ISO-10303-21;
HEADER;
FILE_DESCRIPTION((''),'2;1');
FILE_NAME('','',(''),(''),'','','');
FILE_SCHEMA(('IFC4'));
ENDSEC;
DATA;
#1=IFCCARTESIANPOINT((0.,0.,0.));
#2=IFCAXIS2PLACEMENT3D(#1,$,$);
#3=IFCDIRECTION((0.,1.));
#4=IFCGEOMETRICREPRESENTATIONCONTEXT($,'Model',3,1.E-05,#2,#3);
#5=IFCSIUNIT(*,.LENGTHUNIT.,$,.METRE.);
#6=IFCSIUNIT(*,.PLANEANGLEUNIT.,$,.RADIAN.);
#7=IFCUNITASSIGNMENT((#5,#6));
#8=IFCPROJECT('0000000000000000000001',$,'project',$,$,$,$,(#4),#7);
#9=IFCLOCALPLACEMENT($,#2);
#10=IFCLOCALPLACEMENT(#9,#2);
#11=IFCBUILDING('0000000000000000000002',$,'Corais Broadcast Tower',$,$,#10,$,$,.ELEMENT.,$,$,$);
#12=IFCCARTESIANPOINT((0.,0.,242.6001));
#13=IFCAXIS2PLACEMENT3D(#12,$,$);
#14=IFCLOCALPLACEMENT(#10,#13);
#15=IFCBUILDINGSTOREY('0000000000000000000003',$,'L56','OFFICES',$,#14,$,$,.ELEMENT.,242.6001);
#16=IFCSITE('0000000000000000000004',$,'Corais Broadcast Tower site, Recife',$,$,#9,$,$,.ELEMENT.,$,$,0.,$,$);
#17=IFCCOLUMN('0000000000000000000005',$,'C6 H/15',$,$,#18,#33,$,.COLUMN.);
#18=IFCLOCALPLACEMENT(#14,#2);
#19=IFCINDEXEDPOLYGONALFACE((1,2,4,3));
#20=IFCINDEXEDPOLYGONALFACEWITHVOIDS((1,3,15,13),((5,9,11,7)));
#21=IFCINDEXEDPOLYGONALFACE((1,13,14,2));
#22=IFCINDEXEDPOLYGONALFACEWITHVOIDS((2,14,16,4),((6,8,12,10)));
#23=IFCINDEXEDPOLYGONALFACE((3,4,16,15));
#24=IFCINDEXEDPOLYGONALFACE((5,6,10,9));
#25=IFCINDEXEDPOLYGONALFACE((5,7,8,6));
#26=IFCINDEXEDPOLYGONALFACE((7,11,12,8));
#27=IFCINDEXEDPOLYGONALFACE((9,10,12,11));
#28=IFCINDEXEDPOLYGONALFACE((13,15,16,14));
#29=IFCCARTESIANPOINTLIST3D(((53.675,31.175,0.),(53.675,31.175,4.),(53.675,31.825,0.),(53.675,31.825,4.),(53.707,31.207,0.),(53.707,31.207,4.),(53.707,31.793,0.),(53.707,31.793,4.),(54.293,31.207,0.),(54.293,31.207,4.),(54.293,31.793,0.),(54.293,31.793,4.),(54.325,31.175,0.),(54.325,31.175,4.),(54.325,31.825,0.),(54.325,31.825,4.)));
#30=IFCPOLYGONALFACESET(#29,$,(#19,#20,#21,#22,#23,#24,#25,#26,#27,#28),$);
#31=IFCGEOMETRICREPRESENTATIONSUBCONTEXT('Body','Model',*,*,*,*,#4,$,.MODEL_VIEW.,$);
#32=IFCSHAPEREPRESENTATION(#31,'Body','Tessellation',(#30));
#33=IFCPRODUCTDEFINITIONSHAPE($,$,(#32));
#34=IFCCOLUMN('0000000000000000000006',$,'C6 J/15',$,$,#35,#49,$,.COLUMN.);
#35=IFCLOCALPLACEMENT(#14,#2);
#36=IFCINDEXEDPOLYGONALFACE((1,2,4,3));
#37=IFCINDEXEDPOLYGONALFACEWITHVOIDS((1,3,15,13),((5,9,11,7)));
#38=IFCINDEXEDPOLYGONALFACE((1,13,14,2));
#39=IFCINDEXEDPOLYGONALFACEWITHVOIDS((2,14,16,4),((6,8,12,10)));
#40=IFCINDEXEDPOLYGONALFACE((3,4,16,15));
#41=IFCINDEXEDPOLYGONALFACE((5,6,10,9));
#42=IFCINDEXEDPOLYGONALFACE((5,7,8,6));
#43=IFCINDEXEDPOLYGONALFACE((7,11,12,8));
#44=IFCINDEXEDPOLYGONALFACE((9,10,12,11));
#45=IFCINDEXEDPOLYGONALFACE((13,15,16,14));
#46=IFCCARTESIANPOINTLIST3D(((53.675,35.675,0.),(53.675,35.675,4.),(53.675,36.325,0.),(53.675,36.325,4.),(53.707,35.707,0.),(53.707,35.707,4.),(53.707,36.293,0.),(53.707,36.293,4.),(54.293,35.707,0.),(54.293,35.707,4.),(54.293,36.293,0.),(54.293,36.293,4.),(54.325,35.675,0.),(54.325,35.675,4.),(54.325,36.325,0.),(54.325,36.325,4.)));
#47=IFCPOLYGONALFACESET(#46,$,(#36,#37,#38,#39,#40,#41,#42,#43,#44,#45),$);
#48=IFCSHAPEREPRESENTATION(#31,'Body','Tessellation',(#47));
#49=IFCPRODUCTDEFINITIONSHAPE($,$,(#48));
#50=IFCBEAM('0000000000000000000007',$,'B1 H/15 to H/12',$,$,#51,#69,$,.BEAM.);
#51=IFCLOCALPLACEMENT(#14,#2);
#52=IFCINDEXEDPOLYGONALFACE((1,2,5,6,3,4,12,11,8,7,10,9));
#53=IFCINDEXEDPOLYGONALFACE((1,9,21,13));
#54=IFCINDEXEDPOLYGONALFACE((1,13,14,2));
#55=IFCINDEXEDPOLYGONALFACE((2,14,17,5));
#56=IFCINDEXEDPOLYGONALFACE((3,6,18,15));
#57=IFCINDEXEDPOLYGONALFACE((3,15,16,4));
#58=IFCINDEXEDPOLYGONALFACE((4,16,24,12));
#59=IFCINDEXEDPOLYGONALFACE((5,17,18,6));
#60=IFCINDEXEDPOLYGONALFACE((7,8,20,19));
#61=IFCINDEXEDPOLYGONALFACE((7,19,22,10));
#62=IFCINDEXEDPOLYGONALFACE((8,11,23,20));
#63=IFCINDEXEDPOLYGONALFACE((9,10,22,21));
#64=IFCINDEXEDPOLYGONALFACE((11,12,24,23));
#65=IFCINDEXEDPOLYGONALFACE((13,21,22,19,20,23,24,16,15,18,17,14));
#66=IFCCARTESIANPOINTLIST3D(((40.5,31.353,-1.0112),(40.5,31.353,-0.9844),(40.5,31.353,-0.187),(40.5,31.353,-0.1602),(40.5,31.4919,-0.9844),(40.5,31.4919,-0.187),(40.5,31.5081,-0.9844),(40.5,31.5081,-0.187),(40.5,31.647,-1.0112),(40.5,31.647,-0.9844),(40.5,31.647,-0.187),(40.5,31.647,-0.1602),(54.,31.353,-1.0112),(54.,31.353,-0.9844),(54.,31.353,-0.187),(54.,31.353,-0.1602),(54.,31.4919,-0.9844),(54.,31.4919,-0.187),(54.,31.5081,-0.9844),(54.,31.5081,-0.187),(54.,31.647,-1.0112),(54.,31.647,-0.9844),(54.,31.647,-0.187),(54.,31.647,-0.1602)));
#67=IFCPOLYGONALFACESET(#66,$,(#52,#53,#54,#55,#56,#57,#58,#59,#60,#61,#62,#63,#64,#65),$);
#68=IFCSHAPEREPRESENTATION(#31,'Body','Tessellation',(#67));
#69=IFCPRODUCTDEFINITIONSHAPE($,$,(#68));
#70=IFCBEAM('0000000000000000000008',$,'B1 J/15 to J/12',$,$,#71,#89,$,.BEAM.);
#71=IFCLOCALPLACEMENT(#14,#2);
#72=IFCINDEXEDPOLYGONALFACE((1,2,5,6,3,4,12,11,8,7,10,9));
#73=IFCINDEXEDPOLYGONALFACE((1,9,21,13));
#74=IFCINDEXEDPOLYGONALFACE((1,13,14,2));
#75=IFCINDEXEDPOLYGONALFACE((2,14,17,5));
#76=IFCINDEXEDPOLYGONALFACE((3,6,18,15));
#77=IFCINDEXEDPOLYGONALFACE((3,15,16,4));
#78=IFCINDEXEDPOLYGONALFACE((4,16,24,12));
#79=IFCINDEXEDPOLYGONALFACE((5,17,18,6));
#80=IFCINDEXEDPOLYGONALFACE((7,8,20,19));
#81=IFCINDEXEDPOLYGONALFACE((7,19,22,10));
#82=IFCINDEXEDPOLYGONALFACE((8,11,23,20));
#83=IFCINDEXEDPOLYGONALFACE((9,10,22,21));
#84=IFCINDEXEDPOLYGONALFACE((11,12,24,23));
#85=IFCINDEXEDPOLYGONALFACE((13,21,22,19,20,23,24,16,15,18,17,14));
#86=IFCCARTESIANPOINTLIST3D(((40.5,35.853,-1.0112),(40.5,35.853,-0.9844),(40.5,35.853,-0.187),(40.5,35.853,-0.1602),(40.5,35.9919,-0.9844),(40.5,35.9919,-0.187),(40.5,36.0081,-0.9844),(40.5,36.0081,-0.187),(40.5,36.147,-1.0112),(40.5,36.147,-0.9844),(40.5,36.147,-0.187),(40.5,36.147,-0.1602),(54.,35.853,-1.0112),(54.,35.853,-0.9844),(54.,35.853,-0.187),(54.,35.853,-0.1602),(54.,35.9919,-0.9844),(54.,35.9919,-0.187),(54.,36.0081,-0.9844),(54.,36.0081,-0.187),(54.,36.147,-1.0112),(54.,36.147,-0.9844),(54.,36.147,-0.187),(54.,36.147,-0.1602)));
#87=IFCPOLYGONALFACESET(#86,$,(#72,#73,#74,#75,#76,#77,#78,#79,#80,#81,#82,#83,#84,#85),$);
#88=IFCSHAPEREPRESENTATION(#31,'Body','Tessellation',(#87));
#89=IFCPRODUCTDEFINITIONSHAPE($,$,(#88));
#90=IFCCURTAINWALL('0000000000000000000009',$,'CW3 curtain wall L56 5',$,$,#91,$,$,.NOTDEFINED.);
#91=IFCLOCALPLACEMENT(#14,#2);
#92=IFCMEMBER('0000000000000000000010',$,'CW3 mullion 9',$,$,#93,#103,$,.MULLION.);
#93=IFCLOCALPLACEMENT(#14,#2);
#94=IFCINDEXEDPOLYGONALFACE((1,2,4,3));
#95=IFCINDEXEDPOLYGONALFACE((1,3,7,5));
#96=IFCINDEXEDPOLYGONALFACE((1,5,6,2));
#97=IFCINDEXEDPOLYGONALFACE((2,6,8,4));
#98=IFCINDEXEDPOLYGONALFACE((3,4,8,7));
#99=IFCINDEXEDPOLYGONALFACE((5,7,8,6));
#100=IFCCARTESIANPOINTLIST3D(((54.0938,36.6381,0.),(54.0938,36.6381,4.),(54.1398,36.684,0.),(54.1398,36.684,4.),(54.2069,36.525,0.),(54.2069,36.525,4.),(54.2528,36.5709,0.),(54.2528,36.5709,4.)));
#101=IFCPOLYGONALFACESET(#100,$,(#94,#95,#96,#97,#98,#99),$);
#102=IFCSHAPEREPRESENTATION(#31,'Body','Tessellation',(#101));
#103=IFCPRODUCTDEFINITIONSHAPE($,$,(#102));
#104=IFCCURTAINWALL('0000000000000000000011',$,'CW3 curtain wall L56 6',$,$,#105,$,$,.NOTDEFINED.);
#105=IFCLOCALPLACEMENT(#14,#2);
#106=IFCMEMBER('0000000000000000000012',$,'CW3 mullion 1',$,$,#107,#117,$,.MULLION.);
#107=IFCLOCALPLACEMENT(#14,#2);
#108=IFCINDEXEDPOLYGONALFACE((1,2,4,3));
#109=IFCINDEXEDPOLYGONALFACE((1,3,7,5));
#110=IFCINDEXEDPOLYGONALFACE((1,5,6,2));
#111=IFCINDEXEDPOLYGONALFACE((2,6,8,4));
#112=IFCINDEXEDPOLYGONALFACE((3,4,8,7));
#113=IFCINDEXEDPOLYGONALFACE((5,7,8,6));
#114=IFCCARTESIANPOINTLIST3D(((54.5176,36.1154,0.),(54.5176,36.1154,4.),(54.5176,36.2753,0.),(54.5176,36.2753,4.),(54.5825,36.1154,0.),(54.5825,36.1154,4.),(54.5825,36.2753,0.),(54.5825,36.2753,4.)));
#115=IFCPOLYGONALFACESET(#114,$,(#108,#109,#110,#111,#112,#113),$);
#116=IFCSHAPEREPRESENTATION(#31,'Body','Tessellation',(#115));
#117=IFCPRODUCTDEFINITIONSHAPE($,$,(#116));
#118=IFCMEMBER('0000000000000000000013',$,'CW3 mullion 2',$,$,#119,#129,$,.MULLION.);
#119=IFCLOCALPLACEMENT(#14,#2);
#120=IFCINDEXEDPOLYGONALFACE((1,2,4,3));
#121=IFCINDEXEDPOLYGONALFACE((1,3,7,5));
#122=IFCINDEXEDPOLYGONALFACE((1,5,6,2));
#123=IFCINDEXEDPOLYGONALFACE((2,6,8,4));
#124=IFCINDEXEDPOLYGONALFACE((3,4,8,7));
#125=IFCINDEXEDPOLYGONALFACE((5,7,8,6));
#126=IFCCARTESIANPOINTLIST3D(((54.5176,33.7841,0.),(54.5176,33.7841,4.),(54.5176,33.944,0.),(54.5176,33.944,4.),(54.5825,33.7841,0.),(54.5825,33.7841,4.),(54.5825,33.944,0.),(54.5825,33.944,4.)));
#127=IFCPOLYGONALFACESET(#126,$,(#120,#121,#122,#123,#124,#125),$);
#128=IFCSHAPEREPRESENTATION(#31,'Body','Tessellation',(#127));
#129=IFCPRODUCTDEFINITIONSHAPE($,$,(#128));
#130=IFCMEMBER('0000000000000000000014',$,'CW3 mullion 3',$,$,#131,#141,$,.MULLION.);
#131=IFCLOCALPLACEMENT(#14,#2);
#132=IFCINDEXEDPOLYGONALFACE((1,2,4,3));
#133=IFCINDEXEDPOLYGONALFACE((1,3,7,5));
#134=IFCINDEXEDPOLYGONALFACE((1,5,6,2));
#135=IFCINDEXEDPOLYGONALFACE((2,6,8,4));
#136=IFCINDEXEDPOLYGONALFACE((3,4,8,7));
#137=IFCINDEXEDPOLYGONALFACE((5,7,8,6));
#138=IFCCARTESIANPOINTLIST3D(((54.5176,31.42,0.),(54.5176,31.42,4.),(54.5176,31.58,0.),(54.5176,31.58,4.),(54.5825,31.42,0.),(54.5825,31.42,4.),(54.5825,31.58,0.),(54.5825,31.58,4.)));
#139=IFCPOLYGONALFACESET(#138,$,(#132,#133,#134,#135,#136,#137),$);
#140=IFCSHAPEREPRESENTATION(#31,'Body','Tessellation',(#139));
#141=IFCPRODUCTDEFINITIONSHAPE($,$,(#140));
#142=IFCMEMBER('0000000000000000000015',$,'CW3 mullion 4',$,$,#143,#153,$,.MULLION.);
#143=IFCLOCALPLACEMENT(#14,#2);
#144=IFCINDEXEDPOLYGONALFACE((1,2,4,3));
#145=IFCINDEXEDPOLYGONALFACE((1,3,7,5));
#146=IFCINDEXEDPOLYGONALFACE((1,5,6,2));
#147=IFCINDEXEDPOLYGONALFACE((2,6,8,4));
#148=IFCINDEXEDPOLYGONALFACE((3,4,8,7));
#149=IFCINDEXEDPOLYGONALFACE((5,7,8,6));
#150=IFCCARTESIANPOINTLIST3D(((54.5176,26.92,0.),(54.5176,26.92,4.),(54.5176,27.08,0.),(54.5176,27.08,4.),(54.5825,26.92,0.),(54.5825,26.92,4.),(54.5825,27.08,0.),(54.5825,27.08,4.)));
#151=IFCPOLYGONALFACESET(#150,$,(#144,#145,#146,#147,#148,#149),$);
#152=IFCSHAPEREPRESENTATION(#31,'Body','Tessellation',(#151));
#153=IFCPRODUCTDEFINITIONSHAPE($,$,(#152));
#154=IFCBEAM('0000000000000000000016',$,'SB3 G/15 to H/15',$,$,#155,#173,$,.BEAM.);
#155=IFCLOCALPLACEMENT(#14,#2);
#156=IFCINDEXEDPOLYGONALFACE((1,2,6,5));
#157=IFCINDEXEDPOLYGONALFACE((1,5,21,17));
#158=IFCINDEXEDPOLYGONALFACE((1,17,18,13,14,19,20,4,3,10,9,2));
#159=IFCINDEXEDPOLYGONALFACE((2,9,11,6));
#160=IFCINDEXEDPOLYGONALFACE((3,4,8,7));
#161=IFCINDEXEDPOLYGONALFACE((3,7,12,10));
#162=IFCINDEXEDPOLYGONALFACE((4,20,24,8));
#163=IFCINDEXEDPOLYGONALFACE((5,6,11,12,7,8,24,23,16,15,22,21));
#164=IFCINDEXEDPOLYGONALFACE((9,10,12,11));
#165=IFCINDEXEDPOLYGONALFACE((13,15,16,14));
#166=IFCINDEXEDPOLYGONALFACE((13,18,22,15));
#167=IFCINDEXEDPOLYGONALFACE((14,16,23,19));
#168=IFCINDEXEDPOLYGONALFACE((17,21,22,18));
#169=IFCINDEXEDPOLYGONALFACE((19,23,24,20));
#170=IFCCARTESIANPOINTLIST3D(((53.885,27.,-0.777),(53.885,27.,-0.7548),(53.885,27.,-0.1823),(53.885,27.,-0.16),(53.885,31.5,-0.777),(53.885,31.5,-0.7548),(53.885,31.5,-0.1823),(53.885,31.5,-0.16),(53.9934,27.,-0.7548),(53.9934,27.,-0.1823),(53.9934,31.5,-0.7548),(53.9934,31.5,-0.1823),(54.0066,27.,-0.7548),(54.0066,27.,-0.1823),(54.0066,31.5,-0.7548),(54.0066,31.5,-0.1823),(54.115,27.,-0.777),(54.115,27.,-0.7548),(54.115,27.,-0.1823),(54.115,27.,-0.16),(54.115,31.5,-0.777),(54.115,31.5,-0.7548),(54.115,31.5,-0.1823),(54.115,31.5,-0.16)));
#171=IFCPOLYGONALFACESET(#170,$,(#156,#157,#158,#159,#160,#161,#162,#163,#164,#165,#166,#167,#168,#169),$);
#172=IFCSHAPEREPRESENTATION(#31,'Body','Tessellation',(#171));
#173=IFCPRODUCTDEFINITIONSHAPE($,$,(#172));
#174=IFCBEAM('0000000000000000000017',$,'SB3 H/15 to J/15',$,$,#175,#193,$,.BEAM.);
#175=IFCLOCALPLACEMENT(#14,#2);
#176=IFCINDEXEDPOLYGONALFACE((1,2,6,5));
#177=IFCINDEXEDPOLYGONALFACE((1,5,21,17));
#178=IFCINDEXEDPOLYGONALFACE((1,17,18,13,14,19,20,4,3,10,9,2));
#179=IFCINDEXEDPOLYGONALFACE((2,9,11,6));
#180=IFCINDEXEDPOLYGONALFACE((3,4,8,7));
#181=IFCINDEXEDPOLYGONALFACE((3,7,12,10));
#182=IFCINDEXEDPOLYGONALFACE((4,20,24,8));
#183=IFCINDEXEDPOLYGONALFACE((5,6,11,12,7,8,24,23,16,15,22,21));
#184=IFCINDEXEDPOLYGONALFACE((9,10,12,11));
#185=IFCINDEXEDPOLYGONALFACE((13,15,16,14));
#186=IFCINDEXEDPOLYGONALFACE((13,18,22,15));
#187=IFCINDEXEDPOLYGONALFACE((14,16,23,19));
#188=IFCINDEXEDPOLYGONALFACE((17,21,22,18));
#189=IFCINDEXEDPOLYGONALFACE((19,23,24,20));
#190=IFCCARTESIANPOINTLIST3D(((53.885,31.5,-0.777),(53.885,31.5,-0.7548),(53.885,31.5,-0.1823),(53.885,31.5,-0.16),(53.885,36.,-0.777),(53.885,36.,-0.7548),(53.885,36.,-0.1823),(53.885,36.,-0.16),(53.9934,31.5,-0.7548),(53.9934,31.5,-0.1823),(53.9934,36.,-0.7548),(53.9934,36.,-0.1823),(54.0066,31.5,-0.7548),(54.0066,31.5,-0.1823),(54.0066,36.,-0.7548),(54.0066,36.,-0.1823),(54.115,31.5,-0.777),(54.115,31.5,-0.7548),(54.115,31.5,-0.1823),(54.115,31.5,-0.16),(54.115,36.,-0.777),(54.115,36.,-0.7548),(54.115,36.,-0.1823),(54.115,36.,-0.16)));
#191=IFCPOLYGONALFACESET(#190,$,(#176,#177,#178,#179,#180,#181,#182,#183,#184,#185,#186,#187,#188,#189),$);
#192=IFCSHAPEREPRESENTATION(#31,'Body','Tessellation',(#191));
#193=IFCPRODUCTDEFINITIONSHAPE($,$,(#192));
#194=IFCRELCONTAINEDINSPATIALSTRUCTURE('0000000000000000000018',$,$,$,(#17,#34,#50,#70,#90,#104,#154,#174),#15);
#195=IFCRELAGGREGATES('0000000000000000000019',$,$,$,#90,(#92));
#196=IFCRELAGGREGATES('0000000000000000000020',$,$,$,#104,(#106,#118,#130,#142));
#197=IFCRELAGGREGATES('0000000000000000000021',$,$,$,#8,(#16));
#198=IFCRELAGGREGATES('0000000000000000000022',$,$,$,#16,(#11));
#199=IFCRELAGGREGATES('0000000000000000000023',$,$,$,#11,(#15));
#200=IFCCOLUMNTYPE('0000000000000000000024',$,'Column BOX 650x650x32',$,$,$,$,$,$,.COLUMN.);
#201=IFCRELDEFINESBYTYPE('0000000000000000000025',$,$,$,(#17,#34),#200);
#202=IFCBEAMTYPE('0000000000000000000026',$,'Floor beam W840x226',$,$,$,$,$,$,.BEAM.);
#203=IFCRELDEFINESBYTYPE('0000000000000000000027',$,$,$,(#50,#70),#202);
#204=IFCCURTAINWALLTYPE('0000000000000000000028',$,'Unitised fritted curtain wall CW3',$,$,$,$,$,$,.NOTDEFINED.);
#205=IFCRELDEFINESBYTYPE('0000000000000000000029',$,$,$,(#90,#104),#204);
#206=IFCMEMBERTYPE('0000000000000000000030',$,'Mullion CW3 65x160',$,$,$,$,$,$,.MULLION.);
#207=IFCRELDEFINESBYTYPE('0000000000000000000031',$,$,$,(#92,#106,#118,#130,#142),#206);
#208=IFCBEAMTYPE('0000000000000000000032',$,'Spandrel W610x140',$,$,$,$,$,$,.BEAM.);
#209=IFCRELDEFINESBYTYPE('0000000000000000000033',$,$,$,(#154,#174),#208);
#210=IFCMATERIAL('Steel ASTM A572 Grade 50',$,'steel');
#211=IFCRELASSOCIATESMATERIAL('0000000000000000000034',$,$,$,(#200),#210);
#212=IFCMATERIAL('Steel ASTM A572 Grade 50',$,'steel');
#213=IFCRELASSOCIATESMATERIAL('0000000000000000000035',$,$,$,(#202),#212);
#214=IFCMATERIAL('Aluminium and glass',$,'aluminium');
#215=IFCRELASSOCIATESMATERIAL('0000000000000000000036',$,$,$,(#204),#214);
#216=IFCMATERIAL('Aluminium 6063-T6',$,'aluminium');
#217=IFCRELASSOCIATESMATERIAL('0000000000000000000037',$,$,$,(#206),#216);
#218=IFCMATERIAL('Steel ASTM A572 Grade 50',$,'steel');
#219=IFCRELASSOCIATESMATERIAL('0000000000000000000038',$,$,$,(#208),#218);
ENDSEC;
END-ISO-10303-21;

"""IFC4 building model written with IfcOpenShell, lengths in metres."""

from ifc_helpers import new_model, si_unit, direction, frame, origin, origin_2d, place, context, subcontext, project, spatial, rectangle, hollow_rectangle, i_section, extrude, material, material_profile, profile_set, type_object, element, aggregate, save


model = new_model("IFC4")

# Units and contexts
model_context = context("Model", 3, precision=1e-05, world=origin(), true_north=direction((0.0, 1.0)))
body_context = subcontext(model_context, "Body", "Model", "MODEL_VIEW")
ifc_project = project(units=[si_unit("LENGTHUNIT", "METRE"), si_unit("PLANEANGLEUNIT", "RADIAN")], contexts=[model_context])

# Site, building, storey
site_placement = place(None, origin())
site = spatial("IfcSite", under=ifc_project, at=site_placement, Name="Corais Broadcast Tower site, Recife", CompositionType="ELEMENT", RefElevation=0.0)
building_placement = place(site_placement, origin())
building = spatial("IfcBuilding", under=site, at=building_placement, Name="Corais Broadcast Tower", CompositionType="ELEMENT")
storey_placement = place(building_placement, frame((0.0, 0.0, 242.6001)))
storey = spatial("IfcBuildingStorey", under=building, at=storey_placement, Name="L56", Description="OFFICES", CompositionType="ELEMENT", Elevation=242.6001)

# Columns
ifc_material_1 = material(Name="Steel ASTM A572 Grade 50", Category="steel")
ifc_material_profile_1 = material_profile(ifc_material_1, hollow_rectangle(XDim=0.6499, YDim=0.6499, WallThickness=0.032, at=origin_2d()), Name="BOX 650x650x32")
ifc_profile_set_1 = profile_set([ifc_material_profile_1], Name="Steel ASTM A572 Grade 50")
column_type = type_object("IfcColumnType", Name="Column BOX 650x650x32", PredefinedType="COLUMN", material=ifc_profile_set_1)
for number, where, z_axis, x_axis, name in (
    (1, (54.0, 31.5, 0.0), (0.0, 0.0, 1.0), (1.0, 0.0, 0.0), "C6 H/15"),
    (2, (54.0, 36.0, 0.0), (0.0, 0.0, 1.0), (1.0, 0.0, 0.0), "C6 J/15"),
):
    element("IfcColumn", number, at=place(storey_placement, frame(where, z_axis=z_axis, x_axis=x_axis)), inside=storey, type_object=column_type, Name=name, PredefinedType="COLUMN", context=body_context, shape_type="SweptSolid", body=[
        extrude(hollow_rectangle(XDim=0.6499, YDim=0.6499, WallThickness=0.032, at=origin_2d()), origin(), (0.0, 0.0, 1.0), 4.0),
    ])

# Beams
ifc_material_2 = material(Name="Steel ASTM A572 Grade 50", Category="steel")
ifc_material_profile_2 = material_profile(ifc_material_2, i_section(OverallWidth=0.2939, OverallDepth=0.8511, WebThickness=0.0161, FlangeThickness=0.0269, at=origin_2d()), Name="W840x226")
ifc_profile_set_2 = profile_set([ifc_material_profile_2], Name="Steel ASTM A572 Grade 50")
beam_type_1 = type_object("IfcBeamType", Name="Floor beam W840x226", PredefinedType="BEAM", material=ifc_profile_set_2)
for number, where, z_axis, x_axis, name in (
    (3, (54.0, 31.5, -0.5857), (-1.0, 0.0, 0.0), (0.0, -1.0, 0.0), "B1 H/15 to H/12"),
    (4, (54.0, 36.0, -0.5857), (-1.0, 0.0, 0.0), (0.0, -1.0, 0.0), "B1 J/15 to J/12"),
):
    element("IfcBeam", number, at=place(storey_placement, frame(where, z_axis=z_axis, x_axis=x_axis)), inside=storey, type_object=beam_type_1, Name=name, PredefinedType="BEAM", context=body_context, shape_type="SweptSolid", body=[
        extrude(i_section(OverallWidth=0.2939, OverallDepth=0.8511, WebThickness=0.0161, FlangeThickness=0.0269, at=origin_2d()), origin(), (0.0, 0.0, 1.0), 13.5),
    ])

# Curtain wall, member
ifc_material_3 = material(Name="Aluminium and glass", Category="aluminium")
curtain_wall_type = type_object("IfcCurtainWallType", Name="Unitised fritted curtain wall CW3", PredefinedType="NOTDEFINED", material=ifc_material_3)
curtain_wall_1_placement = place(storey_placement, origin())
curtain_wall_1 = element("IfcCurtainWall", 5, at=curtain_wall_1_placement, inside=storey, type_object=curtain_wall_type, Name="CW3 curtain wall L56 5", PredefinedType="NOTDEFINED")
ifc_material_4 = material(Name="Aluminium 6063-T6", Category="aluminium")
ifc_material_profile_3 = material_profile(ifc_material_4, rectangle(XDim=0.0649, YDim=0.1599, at=origin_2d()), Name="Mullion CW3 65x160")
ifc_profile_set_3 = profile_set([ifc_material_profile_3], Name="Aluminium 6063-T6")
member_type_1 = type_object("IfcMemberType", Name="Mullion CW3 65x160", PredefinedType="MULLION", material=ifc_profile_set_3)
member_1_placement = place(storey_placement, frame((54.1733, 36.6045, 0.0), z_axis=(0.0, 0.0, 1.0), x_axis=(0.707107, 0.707107, 0.0)))
member_1 = element("IfcMember", 6, at=member_1_placement, type_object=member_type_1, Name="CW3 mullion 9", PredefinedType="MULLION", context=body_context, shape_type="SweptSolid", body=[
    extrude(rectangle(XDim=0.0649, YDim=0.1599, at=origin_2d()), origin(), (0.0, 0.0, 1.0), 4.0),
])

# Curtain wall, members
curtain_wall_2_placement = place(storey_placement, origin())
curtain_wall_2 = element("IfcCurtainWall", 7, at=curtain_wall_2_placement, inside=storey, type_object=curtain_wall_type, Name="CW3 curtain wall L56 6", PredefinedType="NOTDEFINED")
member_2_placement = place(storey_placement, frame((54.55, 36.1953, 0.0), z_axis=(0.0, 0.0, 1.0), x_axis=(1.0, 0.0, 0.0)))
member_2 = element("IfcMember", 8, at=member_2_placement, type_object=member_type_1, Name="CW3 mullion 1", PredefinedType="MULLION", context=body_context, shape_type="SweptSolid", body=[
    extrude(rectangle(XDim=0.0649, YDim=0.1599, at=origin_2d()), origin(), (0.0, 0.0, 1.0), 4.0),
])
member_3_placement = place(storey_placement, frame((54.55, 33.864, 0.0), z_axis=(0.0, 0.0, 1.0), x_axis=(1.0, 0.0, 0.0)))
member_3 = element("IfcMember", 9, at=member_3_placement, type_object=member_type_1, Name="CW3 mullion 2", PredefinedType="MULLION", context=body_context, shape_type="SweptSolid", body=[
    extrude(rectangle(XDim=0.0649, YDim=0.1599, at=origin_2d()), origin(), (0.0, 0.0, 1.0), 4.0),
])
member_4_placement = place(storey_placement, frame((54.55, 31.5, 0.0), z_axis=(0.0, 0.0, 1.0), x_axis=(1.0, 0.0, 0.0)))
member_4 = element("IfcMember", 10, at=member_4_placement, type_object=member_type_1, Name="CW3 mullion 3", PredefinedType="MULLION", context=body_context, shape_type="SweptSolid", body=[
    extrude(rectangle(XDim=0.0649, YDim=0.1599, at=origin_2d()), origin(), (0.0, 0.0, 1.0), 4.0),
])
member_5_placement = place(storey_placement, frame((54.55, 27.0, 0.0), z_axis=(0.0, 0.0, 1.0), x_axis=(1.0, 0.0, 0.0)))
member_5 = element("IfcMember", 11, at=member_5_placement, type_object=member_type_1, Name="CW3 mullion 4", PredefinedType="MULLION", context=body_context, shape_type="SweptSolid", body=[
    extrude(rectangle(XDim=0.0649, YDim=0.1599, at=origin_2d()), origin(), (0.0, 0.0, 1.0), 4.0),
])

# Beams
ifc_material_5 = material(Name="Steel ASTM A572 Grade 50", Category="steel")
ifc_material_profile_4 = material_profile(ifc_material_5, i_section(OverallWidth=0.23, OverallDepth=0.6169, WebThickness=0.0132, FlangeThickness=0.0222, at=origin_2d()), Name="W610x140")
ifc_profile_set_4 = profile_set([ifc_material_profile_4], Name="Steel ASTM A572 Grade 50")
beam_type_2 = type_object("IfcBeamType", Name="Spandrel W610x140", PredefinedType="BEAM", material=ifc_profile_set_4)
for number, where, z_axis, x_axis, name in (
    (12, (54.0, 27.0, -0.4685), (0.0, 1.0, 0.0), (-1.0, 0.0, 0.0), "SB3 G/15 to H/15"),
    (13, (54.0, 31.5, -0.4685), (0.0, 1.0, 0.0), (-1.0, 0.0, 0.0), "SB3 H/15 to J/15"),
):
    element("IfcBeam", number, at=place(storey_placement, frame(where, z_axis=z_axis, x_axis=x_axis)), inside=storey, type_object=beam_type_2, Name=name, PredefinedType="BEAM", context=body_context, shape_type="SweptSolid", body=[
        extrude(i_section(OverallWidth=0.23, OverallDepth=0.6169, WebThickness=0.0132, FlangeThickness=0.0222, at=origin_2d()), origin(), (0.0, 0.0, 1.0), 4.5),
    ])

aggregate(curtain_wall_1, [member_1])
aggregate(curtain_wall_2, [member_2, member_3, member_4, member_5])

save(model, "model.ifc")
